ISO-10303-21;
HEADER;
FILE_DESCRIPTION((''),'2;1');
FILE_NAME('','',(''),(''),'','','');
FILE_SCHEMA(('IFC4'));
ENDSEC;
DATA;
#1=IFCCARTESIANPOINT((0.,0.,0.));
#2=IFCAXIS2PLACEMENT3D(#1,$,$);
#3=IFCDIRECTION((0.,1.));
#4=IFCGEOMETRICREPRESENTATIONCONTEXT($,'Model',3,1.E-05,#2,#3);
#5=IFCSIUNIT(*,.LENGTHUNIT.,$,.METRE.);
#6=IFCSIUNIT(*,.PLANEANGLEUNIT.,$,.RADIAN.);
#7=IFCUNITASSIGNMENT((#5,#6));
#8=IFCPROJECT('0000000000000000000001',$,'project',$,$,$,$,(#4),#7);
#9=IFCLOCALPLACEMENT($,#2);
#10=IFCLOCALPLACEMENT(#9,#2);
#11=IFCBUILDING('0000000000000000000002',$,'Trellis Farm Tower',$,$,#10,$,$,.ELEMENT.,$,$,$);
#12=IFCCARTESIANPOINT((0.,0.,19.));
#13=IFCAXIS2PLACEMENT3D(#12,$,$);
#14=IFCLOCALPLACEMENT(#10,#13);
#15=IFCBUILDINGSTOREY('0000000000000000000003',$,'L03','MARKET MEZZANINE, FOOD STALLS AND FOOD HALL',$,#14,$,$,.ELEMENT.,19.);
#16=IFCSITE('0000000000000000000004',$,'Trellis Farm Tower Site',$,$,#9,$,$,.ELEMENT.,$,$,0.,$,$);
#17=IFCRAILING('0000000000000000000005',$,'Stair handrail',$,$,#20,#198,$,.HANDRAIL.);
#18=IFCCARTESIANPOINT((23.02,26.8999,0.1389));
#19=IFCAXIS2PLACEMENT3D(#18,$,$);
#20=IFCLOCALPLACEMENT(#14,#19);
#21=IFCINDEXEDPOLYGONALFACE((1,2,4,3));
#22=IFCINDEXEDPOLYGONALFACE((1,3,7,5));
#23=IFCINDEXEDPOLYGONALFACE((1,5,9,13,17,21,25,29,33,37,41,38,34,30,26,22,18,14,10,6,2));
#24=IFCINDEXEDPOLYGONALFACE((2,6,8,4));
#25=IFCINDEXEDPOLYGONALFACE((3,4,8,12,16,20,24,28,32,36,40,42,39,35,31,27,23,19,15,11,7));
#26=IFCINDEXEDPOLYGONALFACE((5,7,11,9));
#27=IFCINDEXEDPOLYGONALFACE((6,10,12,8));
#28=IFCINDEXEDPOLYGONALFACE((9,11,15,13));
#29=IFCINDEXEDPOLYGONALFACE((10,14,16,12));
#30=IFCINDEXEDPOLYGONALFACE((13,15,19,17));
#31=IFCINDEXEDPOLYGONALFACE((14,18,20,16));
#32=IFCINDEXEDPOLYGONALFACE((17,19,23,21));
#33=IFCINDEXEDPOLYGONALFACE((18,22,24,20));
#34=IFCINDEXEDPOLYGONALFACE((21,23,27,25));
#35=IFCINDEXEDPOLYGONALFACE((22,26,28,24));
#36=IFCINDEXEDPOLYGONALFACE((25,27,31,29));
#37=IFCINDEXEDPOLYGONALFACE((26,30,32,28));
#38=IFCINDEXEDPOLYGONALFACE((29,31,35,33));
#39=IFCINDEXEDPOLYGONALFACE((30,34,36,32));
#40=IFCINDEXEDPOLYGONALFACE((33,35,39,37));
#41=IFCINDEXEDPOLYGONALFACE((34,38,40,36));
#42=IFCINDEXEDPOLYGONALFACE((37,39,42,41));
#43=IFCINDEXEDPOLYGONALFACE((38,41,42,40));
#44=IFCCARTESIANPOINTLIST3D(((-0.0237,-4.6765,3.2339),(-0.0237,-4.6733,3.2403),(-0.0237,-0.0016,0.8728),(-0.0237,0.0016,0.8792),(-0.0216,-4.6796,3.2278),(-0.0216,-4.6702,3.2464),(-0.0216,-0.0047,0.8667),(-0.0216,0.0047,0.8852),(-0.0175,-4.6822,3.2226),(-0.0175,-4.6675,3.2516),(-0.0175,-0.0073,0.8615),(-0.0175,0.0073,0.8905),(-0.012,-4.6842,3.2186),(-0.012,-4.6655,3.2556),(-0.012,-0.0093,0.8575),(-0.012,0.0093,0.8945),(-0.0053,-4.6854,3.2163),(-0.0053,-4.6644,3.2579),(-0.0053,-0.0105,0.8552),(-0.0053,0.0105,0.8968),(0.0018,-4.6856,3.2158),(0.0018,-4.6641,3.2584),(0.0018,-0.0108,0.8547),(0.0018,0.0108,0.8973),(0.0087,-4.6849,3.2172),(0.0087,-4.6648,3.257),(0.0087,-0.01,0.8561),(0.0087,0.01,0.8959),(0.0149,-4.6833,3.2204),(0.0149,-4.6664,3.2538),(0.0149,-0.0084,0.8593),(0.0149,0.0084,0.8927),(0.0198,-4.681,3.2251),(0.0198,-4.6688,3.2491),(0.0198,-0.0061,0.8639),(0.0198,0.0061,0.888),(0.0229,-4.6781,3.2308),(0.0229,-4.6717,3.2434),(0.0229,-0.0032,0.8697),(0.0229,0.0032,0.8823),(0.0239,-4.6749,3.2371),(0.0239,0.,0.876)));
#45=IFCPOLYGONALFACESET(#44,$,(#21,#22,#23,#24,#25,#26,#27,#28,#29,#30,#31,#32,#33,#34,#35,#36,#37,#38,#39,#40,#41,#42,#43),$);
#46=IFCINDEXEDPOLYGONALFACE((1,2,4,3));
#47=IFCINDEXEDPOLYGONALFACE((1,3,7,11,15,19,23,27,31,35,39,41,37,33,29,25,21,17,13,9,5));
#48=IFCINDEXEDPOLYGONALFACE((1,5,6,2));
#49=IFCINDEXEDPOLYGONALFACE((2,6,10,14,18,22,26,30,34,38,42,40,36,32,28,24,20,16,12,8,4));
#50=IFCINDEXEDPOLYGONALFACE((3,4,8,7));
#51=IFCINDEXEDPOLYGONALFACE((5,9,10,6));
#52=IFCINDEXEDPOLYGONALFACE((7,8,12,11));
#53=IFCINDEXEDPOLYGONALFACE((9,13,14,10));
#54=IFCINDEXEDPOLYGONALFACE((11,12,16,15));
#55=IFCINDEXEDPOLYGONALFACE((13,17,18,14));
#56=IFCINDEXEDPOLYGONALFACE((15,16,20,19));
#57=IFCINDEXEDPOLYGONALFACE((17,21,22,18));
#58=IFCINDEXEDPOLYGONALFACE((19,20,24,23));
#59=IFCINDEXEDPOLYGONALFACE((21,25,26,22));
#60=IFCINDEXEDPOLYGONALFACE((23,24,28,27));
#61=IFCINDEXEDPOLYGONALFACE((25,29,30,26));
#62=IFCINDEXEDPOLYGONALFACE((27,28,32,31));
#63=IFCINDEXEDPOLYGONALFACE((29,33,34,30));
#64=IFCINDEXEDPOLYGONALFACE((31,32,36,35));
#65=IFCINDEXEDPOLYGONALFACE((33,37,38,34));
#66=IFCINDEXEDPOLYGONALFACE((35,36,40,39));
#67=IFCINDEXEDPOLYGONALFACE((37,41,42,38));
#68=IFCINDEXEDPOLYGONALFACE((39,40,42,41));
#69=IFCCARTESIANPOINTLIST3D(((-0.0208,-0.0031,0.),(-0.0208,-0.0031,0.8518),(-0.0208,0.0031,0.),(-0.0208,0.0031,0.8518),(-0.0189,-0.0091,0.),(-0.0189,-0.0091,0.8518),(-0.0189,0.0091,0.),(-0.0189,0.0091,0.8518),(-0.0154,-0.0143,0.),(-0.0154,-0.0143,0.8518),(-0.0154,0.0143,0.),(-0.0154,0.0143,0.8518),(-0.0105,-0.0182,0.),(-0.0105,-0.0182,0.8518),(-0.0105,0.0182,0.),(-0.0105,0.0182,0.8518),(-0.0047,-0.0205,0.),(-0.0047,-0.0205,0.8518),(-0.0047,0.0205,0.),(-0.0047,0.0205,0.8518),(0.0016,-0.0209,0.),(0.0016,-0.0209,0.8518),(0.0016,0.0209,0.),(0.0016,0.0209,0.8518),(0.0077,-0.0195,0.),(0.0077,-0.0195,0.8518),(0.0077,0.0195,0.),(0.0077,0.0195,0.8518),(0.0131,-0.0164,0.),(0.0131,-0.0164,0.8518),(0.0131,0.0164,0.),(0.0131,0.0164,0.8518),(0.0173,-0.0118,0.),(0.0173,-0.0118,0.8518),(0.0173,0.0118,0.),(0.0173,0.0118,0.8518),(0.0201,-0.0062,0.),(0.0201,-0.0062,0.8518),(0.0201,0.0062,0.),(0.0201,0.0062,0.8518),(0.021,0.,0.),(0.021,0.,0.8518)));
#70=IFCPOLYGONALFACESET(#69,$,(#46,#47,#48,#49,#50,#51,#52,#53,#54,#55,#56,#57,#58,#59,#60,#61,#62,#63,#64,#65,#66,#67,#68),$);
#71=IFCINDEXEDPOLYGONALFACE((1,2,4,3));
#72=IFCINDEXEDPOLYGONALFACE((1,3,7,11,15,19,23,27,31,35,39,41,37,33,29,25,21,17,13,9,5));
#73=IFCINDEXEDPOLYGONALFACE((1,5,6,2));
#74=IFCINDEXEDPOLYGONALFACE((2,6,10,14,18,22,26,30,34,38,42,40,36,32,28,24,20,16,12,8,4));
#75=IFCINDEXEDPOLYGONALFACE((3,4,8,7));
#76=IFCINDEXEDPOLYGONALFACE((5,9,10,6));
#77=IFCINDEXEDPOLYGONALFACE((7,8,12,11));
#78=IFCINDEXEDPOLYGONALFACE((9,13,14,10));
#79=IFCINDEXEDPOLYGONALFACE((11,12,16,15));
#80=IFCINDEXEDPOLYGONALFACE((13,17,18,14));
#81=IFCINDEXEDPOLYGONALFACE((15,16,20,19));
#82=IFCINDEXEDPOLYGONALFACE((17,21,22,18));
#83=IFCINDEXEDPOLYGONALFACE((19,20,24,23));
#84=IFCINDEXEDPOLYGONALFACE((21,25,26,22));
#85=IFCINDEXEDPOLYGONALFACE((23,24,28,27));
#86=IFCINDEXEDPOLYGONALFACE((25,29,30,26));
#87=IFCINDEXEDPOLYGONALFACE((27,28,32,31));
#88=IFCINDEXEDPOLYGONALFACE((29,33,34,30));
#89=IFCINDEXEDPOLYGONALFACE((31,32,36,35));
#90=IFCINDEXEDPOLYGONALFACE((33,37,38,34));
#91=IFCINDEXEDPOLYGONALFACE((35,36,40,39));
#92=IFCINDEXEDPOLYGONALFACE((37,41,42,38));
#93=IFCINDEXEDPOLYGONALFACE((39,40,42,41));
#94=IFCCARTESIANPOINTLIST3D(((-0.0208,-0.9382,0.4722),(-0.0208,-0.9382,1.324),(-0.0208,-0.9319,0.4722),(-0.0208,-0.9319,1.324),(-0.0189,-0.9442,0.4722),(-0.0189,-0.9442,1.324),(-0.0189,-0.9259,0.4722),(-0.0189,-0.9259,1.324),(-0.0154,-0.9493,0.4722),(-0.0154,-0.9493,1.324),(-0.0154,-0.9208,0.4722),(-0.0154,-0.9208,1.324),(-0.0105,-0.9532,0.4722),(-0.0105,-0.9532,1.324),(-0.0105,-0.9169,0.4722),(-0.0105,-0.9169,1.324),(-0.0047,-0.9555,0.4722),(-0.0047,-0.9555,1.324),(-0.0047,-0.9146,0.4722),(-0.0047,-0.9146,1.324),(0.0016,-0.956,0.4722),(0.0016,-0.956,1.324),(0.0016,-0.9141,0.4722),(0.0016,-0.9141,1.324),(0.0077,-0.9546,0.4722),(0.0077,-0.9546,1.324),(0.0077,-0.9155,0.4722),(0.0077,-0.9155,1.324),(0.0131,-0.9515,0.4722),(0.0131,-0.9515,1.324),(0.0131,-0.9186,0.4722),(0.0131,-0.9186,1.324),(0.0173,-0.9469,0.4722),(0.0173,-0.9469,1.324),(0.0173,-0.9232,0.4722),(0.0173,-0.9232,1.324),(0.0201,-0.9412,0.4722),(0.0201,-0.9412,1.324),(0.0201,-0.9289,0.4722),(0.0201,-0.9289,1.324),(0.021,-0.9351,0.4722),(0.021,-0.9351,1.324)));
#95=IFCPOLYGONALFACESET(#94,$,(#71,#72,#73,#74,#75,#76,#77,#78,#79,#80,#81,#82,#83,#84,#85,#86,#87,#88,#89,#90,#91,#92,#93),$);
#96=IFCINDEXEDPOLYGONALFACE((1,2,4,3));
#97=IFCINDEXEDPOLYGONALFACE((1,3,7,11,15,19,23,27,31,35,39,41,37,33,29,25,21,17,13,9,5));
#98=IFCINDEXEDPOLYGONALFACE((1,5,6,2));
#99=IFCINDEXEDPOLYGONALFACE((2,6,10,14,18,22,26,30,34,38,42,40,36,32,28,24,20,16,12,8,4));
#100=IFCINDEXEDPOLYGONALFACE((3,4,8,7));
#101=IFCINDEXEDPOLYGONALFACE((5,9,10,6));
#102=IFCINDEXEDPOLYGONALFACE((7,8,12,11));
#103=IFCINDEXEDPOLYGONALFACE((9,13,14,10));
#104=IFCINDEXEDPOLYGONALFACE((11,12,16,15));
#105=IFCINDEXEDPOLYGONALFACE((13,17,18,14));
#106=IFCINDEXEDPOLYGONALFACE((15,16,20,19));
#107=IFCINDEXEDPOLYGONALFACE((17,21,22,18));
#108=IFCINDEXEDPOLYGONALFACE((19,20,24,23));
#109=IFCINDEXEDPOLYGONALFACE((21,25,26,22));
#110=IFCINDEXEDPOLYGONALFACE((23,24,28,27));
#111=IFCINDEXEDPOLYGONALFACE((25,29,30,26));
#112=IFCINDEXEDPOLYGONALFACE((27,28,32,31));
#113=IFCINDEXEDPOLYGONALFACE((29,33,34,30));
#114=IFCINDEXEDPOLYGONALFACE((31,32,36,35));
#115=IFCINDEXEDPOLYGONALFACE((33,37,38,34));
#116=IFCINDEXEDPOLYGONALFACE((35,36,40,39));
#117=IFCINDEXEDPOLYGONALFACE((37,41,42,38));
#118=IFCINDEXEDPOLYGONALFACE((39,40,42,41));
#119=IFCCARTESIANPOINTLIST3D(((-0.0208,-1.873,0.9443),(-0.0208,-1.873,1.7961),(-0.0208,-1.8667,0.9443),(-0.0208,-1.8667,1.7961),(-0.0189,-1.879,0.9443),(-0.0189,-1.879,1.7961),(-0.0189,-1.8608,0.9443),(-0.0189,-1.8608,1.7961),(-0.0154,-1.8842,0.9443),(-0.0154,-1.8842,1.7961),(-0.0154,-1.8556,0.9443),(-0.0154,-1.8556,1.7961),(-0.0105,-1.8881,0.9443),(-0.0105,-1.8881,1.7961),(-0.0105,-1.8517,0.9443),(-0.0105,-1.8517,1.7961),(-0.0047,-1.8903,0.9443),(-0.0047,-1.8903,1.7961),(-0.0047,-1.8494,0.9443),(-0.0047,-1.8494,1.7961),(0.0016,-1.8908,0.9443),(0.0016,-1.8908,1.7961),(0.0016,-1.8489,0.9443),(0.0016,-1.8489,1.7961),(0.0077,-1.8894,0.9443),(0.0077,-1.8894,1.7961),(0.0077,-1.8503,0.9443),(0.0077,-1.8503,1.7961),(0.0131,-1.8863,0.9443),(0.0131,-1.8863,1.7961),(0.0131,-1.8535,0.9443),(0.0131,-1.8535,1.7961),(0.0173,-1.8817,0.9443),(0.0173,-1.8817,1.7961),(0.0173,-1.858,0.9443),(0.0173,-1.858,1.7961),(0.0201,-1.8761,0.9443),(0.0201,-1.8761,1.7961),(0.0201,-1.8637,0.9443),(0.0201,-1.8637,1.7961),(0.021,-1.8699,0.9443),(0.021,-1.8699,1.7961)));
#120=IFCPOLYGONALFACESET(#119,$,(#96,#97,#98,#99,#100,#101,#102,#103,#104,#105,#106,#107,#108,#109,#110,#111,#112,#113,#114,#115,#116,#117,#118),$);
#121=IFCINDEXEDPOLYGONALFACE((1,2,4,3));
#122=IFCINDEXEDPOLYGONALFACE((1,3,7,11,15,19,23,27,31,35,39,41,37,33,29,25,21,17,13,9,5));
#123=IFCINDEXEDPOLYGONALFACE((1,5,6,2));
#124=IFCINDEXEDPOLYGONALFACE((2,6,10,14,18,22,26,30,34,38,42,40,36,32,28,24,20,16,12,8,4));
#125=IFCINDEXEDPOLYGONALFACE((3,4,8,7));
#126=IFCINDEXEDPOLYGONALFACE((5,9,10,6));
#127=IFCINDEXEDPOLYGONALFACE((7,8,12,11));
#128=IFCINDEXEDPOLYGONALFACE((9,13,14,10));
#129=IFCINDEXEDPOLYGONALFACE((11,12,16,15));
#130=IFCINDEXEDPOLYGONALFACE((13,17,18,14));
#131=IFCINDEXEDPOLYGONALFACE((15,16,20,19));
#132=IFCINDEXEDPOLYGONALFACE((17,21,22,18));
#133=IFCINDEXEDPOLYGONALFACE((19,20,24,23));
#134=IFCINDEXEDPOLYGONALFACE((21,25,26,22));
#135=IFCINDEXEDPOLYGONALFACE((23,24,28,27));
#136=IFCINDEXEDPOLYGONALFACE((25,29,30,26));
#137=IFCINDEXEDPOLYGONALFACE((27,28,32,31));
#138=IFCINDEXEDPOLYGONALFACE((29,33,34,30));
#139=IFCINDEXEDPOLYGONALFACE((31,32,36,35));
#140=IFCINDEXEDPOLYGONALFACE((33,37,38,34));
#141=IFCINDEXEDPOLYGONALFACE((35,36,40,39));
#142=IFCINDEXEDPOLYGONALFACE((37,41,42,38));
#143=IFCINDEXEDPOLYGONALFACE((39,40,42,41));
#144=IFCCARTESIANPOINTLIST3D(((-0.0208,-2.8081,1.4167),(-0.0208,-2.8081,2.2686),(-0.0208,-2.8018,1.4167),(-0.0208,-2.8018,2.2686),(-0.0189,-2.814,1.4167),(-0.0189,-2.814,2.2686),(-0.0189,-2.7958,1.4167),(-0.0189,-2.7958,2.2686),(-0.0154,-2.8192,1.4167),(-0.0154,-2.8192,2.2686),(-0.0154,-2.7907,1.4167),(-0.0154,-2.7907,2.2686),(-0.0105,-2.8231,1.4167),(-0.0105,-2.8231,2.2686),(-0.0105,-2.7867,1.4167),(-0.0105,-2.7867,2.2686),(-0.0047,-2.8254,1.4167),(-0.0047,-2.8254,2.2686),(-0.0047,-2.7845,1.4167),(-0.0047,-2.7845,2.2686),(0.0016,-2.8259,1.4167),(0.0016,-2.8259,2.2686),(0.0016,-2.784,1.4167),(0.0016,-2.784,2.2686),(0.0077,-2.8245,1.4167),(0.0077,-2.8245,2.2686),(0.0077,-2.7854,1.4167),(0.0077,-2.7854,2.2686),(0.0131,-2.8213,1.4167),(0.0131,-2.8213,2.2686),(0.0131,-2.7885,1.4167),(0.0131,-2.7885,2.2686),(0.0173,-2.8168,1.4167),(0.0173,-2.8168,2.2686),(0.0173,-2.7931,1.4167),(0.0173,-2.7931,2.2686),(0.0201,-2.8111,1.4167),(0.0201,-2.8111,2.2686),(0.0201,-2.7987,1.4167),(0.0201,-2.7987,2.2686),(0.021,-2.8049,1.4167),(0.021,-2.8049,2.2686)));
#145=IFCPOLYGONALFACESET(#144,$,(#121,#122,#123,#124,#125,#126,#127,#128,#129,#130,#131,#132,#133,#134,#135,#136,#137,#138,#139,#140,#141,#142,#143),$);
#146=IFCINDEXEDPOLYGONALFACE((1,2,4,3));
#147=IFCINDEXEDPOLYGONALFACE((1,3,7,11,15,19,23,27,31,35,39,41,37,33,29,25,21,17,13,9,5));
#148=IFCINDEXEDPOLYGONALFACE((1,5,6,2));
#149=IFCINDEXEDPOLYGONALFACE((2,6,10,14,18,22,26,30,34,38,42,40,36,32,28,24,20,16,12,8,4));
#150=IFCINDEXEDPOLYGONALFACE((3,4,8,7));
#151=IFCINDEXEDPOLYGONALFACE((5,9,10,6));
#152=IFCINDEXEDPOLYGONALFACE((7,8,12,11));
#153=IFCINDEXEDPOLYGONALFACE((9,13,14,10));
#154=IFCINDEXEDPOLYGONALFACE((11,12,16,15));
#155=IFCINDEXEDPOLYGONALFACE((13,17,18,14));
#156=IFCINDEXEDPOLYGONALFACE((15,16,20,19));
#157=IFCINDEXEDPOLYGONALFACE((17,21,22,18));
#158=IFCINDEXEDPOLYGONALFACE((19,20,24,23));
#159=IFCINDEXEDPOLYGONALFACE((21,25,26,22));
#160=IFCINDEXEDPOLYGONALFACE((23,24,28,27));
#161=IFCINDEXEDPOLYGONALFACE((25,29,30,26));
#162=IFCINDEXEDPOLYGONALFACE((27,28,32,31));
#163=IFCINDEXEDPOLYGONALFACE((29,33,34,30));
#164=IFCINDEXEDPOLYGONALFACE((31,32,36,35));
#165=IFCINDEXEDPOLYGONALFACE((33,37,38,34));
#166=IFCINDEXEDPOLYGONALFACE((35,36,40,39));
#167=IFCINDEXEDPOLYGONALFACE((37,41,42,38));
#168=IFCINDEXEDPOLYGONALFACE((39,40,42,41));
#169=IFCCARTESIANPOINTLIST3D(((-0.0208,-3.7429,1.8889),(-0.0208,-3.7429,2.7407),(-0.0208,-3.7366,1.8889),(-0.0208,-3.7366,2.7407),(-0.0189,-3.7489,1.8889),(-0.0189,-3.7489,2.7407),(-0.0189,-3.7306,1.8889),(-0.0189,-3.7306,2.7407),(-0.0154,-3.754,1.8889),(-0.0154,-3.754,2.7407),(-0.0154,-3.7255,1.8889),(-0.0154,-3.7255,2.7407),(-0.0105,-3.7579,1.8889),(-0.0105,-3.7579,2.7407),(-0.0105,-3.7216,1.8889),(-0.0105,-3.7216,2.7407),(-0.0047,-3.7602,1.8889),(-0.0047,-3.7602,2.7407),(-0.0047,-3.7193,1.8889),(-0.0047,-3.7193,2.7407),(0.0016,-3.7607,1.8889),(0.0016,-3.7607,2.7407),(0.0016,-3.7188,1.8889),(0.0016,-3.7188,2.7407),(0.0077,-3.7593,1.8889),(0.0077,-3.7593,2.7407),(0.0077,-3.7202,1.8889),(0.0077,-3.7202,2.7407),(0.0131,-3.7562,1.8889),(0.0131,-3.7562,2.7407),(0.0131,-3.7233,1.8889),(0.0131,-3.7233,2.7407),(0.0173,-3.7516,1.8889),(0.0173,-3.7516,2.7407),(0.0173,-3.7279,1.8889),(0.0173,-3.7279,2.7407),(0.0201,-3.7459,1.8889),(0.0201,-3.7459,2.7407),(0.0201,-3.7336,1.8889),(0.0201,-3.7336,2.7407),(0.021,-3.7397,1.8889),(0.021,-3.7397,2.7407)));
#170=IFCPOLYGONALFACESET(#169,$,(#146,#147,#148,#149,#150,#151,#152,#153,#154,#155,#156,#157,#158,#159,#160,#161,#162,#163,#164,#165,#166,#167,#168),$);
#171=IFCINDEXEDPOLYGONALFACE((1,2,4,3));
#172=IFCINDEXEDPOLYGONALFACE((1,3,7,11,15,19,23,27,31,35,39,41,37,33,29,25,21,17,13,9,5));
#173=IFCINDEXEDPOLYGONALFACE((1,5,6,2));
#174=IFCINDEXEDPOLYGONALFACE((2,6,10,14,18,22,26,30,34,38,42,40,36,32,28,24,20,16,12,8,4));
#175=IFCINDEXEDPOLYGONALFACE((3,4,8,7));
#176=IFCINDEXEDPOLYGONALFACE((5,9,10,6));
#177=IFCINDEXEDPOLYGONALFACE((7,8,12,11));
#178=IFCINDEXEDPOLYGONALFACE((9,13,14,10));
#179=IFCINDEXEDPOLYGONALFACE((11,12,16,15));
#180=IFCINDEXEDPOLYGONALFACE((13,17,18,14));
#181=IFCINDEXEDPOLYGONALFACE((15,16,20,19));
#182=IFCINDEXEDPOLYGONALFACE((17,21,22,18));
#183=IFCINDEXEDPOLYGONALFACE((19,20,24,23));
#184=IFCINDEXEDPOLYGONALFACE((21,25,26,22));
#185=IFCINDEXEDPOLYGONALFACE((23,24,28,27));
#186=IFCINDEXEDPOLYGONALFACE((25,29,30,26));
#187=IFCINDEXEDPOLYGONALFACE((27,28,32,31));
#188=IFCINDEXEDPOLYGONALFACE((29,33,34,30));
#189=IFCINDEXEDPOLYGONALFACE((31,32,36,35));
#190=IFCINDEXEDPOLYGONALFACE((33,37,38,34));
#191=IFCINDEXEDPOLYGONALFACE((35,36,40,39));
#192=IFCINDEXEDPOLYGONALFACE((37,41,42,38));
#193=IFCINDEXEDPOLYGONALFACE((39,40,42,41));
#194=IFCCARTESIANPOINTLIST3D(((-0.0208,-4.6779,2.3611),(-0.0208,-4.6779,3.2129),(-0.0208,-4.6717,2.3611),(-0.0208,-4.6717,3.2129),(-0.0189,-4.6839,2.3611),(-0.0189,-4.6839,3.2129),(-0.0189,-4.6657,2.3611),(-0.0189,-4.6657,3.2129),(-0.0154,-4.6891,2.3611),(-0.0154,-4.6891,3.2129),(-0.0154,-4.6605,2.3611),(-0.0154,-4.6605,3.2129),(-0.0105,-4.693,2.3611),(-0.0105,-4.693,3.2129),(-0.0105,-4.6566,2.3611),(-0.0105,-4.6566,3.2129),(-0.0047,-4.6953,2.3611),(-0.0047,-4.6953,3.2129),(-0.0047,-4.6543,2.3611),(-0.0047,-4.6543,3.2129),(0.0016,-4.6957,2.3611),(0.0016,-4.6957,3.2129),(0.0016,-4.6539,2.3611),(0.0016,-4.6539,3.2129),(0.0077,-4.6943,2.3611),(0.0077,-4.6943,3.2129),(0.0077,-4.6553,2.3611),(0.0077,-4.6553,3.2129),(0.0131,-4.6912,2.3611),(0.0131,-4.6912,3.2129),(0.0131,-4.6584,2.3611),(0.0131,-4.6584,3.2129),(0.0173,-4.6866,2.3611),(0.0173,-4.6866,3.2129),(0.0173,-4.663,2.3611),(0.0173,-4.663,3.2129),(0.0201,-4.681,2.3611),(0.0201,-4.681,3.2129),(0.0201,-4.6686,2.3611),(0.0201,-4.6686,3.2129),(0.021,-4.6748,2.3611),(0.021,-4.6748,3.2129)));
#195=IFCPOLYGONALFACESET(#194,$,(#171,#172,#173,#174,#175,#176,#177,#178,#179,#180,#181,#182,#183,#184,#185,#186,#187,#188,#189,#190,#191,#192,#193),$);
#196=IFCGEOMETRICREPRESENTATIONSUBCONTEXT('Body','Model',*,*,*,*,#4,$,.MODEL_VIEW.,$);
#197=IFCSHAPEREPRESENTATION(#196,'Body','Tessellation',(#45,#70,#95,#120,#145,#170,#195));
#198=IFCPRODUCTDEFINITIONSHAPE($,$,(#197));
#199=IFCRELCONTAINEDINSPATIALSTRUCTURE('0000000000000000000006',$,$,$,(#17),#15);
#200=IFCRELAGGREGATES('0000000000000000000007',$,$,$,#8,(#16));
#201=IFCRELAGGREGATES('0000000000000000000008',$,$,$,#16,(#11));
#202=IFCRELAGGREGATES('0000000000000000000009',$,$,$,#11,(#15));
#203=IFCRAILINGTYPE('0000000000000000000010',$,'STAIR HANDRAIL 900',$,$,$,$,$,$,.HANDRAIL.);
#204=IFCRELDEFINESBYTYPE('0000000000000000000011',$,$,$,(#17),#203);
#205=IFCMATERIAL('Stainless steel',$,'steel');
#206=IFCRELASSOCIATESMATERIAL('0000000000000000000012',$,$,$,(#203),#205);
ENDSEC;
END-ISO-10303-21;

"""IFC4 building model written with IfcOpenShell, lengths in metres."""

from ifc_helpers import new_model, si_unit, direction, frame, origin, origin_2d, place, context, subcontext, project, spatial, circle, extrude, source, transform, mapped, material, type_object, element, save


model = new_model("IFC4")

# Units and contexts
model_context = context("Model", 3, precision=1e-05, world=origin(), true_north=direction((0.0, 1.0)))
body_context = subcontext(model_context, "Body", "Model", "MODEL_VIEW")
ifc_project = project(units=[si_unit("LENGTHUNIT", "METRE"), si_unit("PLANEANGLEUNIT", "RADIAN")], contexts=[model_context])

# Site, building, storey
site_placement = place(None, origin())
site = spatial("IfcSite", under=ifc_project, at=site_placement, Name="Trellis Farm Tower Site", CompositionType="ELEMENT", RefElevation=0.0)
building_placement = place(site_placement, origin())
building = spatial("IfcBuilding", under=site, at=building_placement, Name="Trellis Farm Tower", CompositionType="ELEMENT")
storey_placement = place(building_placement, frame((0.0, 0.0, 19.0)))
storey = spatial("IfcBuildingStorey", under=building, at=storey_placement, Name="L03", Description="MARKET MEZZANINE, FOOD STALLS AND FOOD HALL", CompositionType="ELEMENT", Elevation=19.0)

# Railing
ifc_material_1 = material(Name="Stainless steel", Category="steel")
railing_type = type_object("IfcRailingType", Name="STAIR HANDRAIL 900", PredefinedType="HANDRAIL", material=ifc_material_1)
shared_shape_1 = source(origin(), body_context, "Body", "SweptSolid", [
    extrude(circle(Radius=0.0239, at=origin_2d()), frame((0.0, 0.0, 0.876), z_axis=(0.0, -0.892611, 0.450827), x_axis=(1.0, 0.0, 0.0)), (0.0, 0.0, 1.0), 5.2373),
    extrude(circle(Radius=0.021, at=origin_2d()), origin(), (0.0, 0.0, 1.0), 0.8518),
    extrude(circle(Radius=0.021, at=origin_2d()), frame((0.0, -0.9351, 0.4722)), (0.0, 0.0, 1.0), 0.8518),
    extrude(circle(Radius=0.021, at=origin_2d()), frame((0.0, -1.8699, 0.9443)), (0.0, 0.0, 1.0), 0.8518),
    extrude(circle(Radius=0.021, at=origin_2d()), frame((0.0, -2.8049, 1.4167)), (0.0, 0.0, 1.0), 0.8518),
    extrude(circle(Radius=0.021, at=origin_2d()), frame((0.0, -3.7397, 1.8889)), (0.0, 0.0, 1.0), 0.8518),
    extrude(circle(Radius=0.021, at=origin_2d()), frame((0.0, -4.6748, 2.3611)), (0.0, 0.0, 1.0), 0.8518),
])
for number, where, name in (
    (1, (23.02, 26.8999, 0.1389), "Stair handrail"),
):
    element("IfcRailing", number, at=place(storey_placement, frame(where)), inside=storey, type_object=railing_type, Name=name, PredefinedType="HANDRAIL", context=body_context, shape_type="MappedRepresentation", body=[
        mapped(shared_shape_1, transform((0.0, 0.0, 0.0))),
    ])

save(model, "model.ifc")
